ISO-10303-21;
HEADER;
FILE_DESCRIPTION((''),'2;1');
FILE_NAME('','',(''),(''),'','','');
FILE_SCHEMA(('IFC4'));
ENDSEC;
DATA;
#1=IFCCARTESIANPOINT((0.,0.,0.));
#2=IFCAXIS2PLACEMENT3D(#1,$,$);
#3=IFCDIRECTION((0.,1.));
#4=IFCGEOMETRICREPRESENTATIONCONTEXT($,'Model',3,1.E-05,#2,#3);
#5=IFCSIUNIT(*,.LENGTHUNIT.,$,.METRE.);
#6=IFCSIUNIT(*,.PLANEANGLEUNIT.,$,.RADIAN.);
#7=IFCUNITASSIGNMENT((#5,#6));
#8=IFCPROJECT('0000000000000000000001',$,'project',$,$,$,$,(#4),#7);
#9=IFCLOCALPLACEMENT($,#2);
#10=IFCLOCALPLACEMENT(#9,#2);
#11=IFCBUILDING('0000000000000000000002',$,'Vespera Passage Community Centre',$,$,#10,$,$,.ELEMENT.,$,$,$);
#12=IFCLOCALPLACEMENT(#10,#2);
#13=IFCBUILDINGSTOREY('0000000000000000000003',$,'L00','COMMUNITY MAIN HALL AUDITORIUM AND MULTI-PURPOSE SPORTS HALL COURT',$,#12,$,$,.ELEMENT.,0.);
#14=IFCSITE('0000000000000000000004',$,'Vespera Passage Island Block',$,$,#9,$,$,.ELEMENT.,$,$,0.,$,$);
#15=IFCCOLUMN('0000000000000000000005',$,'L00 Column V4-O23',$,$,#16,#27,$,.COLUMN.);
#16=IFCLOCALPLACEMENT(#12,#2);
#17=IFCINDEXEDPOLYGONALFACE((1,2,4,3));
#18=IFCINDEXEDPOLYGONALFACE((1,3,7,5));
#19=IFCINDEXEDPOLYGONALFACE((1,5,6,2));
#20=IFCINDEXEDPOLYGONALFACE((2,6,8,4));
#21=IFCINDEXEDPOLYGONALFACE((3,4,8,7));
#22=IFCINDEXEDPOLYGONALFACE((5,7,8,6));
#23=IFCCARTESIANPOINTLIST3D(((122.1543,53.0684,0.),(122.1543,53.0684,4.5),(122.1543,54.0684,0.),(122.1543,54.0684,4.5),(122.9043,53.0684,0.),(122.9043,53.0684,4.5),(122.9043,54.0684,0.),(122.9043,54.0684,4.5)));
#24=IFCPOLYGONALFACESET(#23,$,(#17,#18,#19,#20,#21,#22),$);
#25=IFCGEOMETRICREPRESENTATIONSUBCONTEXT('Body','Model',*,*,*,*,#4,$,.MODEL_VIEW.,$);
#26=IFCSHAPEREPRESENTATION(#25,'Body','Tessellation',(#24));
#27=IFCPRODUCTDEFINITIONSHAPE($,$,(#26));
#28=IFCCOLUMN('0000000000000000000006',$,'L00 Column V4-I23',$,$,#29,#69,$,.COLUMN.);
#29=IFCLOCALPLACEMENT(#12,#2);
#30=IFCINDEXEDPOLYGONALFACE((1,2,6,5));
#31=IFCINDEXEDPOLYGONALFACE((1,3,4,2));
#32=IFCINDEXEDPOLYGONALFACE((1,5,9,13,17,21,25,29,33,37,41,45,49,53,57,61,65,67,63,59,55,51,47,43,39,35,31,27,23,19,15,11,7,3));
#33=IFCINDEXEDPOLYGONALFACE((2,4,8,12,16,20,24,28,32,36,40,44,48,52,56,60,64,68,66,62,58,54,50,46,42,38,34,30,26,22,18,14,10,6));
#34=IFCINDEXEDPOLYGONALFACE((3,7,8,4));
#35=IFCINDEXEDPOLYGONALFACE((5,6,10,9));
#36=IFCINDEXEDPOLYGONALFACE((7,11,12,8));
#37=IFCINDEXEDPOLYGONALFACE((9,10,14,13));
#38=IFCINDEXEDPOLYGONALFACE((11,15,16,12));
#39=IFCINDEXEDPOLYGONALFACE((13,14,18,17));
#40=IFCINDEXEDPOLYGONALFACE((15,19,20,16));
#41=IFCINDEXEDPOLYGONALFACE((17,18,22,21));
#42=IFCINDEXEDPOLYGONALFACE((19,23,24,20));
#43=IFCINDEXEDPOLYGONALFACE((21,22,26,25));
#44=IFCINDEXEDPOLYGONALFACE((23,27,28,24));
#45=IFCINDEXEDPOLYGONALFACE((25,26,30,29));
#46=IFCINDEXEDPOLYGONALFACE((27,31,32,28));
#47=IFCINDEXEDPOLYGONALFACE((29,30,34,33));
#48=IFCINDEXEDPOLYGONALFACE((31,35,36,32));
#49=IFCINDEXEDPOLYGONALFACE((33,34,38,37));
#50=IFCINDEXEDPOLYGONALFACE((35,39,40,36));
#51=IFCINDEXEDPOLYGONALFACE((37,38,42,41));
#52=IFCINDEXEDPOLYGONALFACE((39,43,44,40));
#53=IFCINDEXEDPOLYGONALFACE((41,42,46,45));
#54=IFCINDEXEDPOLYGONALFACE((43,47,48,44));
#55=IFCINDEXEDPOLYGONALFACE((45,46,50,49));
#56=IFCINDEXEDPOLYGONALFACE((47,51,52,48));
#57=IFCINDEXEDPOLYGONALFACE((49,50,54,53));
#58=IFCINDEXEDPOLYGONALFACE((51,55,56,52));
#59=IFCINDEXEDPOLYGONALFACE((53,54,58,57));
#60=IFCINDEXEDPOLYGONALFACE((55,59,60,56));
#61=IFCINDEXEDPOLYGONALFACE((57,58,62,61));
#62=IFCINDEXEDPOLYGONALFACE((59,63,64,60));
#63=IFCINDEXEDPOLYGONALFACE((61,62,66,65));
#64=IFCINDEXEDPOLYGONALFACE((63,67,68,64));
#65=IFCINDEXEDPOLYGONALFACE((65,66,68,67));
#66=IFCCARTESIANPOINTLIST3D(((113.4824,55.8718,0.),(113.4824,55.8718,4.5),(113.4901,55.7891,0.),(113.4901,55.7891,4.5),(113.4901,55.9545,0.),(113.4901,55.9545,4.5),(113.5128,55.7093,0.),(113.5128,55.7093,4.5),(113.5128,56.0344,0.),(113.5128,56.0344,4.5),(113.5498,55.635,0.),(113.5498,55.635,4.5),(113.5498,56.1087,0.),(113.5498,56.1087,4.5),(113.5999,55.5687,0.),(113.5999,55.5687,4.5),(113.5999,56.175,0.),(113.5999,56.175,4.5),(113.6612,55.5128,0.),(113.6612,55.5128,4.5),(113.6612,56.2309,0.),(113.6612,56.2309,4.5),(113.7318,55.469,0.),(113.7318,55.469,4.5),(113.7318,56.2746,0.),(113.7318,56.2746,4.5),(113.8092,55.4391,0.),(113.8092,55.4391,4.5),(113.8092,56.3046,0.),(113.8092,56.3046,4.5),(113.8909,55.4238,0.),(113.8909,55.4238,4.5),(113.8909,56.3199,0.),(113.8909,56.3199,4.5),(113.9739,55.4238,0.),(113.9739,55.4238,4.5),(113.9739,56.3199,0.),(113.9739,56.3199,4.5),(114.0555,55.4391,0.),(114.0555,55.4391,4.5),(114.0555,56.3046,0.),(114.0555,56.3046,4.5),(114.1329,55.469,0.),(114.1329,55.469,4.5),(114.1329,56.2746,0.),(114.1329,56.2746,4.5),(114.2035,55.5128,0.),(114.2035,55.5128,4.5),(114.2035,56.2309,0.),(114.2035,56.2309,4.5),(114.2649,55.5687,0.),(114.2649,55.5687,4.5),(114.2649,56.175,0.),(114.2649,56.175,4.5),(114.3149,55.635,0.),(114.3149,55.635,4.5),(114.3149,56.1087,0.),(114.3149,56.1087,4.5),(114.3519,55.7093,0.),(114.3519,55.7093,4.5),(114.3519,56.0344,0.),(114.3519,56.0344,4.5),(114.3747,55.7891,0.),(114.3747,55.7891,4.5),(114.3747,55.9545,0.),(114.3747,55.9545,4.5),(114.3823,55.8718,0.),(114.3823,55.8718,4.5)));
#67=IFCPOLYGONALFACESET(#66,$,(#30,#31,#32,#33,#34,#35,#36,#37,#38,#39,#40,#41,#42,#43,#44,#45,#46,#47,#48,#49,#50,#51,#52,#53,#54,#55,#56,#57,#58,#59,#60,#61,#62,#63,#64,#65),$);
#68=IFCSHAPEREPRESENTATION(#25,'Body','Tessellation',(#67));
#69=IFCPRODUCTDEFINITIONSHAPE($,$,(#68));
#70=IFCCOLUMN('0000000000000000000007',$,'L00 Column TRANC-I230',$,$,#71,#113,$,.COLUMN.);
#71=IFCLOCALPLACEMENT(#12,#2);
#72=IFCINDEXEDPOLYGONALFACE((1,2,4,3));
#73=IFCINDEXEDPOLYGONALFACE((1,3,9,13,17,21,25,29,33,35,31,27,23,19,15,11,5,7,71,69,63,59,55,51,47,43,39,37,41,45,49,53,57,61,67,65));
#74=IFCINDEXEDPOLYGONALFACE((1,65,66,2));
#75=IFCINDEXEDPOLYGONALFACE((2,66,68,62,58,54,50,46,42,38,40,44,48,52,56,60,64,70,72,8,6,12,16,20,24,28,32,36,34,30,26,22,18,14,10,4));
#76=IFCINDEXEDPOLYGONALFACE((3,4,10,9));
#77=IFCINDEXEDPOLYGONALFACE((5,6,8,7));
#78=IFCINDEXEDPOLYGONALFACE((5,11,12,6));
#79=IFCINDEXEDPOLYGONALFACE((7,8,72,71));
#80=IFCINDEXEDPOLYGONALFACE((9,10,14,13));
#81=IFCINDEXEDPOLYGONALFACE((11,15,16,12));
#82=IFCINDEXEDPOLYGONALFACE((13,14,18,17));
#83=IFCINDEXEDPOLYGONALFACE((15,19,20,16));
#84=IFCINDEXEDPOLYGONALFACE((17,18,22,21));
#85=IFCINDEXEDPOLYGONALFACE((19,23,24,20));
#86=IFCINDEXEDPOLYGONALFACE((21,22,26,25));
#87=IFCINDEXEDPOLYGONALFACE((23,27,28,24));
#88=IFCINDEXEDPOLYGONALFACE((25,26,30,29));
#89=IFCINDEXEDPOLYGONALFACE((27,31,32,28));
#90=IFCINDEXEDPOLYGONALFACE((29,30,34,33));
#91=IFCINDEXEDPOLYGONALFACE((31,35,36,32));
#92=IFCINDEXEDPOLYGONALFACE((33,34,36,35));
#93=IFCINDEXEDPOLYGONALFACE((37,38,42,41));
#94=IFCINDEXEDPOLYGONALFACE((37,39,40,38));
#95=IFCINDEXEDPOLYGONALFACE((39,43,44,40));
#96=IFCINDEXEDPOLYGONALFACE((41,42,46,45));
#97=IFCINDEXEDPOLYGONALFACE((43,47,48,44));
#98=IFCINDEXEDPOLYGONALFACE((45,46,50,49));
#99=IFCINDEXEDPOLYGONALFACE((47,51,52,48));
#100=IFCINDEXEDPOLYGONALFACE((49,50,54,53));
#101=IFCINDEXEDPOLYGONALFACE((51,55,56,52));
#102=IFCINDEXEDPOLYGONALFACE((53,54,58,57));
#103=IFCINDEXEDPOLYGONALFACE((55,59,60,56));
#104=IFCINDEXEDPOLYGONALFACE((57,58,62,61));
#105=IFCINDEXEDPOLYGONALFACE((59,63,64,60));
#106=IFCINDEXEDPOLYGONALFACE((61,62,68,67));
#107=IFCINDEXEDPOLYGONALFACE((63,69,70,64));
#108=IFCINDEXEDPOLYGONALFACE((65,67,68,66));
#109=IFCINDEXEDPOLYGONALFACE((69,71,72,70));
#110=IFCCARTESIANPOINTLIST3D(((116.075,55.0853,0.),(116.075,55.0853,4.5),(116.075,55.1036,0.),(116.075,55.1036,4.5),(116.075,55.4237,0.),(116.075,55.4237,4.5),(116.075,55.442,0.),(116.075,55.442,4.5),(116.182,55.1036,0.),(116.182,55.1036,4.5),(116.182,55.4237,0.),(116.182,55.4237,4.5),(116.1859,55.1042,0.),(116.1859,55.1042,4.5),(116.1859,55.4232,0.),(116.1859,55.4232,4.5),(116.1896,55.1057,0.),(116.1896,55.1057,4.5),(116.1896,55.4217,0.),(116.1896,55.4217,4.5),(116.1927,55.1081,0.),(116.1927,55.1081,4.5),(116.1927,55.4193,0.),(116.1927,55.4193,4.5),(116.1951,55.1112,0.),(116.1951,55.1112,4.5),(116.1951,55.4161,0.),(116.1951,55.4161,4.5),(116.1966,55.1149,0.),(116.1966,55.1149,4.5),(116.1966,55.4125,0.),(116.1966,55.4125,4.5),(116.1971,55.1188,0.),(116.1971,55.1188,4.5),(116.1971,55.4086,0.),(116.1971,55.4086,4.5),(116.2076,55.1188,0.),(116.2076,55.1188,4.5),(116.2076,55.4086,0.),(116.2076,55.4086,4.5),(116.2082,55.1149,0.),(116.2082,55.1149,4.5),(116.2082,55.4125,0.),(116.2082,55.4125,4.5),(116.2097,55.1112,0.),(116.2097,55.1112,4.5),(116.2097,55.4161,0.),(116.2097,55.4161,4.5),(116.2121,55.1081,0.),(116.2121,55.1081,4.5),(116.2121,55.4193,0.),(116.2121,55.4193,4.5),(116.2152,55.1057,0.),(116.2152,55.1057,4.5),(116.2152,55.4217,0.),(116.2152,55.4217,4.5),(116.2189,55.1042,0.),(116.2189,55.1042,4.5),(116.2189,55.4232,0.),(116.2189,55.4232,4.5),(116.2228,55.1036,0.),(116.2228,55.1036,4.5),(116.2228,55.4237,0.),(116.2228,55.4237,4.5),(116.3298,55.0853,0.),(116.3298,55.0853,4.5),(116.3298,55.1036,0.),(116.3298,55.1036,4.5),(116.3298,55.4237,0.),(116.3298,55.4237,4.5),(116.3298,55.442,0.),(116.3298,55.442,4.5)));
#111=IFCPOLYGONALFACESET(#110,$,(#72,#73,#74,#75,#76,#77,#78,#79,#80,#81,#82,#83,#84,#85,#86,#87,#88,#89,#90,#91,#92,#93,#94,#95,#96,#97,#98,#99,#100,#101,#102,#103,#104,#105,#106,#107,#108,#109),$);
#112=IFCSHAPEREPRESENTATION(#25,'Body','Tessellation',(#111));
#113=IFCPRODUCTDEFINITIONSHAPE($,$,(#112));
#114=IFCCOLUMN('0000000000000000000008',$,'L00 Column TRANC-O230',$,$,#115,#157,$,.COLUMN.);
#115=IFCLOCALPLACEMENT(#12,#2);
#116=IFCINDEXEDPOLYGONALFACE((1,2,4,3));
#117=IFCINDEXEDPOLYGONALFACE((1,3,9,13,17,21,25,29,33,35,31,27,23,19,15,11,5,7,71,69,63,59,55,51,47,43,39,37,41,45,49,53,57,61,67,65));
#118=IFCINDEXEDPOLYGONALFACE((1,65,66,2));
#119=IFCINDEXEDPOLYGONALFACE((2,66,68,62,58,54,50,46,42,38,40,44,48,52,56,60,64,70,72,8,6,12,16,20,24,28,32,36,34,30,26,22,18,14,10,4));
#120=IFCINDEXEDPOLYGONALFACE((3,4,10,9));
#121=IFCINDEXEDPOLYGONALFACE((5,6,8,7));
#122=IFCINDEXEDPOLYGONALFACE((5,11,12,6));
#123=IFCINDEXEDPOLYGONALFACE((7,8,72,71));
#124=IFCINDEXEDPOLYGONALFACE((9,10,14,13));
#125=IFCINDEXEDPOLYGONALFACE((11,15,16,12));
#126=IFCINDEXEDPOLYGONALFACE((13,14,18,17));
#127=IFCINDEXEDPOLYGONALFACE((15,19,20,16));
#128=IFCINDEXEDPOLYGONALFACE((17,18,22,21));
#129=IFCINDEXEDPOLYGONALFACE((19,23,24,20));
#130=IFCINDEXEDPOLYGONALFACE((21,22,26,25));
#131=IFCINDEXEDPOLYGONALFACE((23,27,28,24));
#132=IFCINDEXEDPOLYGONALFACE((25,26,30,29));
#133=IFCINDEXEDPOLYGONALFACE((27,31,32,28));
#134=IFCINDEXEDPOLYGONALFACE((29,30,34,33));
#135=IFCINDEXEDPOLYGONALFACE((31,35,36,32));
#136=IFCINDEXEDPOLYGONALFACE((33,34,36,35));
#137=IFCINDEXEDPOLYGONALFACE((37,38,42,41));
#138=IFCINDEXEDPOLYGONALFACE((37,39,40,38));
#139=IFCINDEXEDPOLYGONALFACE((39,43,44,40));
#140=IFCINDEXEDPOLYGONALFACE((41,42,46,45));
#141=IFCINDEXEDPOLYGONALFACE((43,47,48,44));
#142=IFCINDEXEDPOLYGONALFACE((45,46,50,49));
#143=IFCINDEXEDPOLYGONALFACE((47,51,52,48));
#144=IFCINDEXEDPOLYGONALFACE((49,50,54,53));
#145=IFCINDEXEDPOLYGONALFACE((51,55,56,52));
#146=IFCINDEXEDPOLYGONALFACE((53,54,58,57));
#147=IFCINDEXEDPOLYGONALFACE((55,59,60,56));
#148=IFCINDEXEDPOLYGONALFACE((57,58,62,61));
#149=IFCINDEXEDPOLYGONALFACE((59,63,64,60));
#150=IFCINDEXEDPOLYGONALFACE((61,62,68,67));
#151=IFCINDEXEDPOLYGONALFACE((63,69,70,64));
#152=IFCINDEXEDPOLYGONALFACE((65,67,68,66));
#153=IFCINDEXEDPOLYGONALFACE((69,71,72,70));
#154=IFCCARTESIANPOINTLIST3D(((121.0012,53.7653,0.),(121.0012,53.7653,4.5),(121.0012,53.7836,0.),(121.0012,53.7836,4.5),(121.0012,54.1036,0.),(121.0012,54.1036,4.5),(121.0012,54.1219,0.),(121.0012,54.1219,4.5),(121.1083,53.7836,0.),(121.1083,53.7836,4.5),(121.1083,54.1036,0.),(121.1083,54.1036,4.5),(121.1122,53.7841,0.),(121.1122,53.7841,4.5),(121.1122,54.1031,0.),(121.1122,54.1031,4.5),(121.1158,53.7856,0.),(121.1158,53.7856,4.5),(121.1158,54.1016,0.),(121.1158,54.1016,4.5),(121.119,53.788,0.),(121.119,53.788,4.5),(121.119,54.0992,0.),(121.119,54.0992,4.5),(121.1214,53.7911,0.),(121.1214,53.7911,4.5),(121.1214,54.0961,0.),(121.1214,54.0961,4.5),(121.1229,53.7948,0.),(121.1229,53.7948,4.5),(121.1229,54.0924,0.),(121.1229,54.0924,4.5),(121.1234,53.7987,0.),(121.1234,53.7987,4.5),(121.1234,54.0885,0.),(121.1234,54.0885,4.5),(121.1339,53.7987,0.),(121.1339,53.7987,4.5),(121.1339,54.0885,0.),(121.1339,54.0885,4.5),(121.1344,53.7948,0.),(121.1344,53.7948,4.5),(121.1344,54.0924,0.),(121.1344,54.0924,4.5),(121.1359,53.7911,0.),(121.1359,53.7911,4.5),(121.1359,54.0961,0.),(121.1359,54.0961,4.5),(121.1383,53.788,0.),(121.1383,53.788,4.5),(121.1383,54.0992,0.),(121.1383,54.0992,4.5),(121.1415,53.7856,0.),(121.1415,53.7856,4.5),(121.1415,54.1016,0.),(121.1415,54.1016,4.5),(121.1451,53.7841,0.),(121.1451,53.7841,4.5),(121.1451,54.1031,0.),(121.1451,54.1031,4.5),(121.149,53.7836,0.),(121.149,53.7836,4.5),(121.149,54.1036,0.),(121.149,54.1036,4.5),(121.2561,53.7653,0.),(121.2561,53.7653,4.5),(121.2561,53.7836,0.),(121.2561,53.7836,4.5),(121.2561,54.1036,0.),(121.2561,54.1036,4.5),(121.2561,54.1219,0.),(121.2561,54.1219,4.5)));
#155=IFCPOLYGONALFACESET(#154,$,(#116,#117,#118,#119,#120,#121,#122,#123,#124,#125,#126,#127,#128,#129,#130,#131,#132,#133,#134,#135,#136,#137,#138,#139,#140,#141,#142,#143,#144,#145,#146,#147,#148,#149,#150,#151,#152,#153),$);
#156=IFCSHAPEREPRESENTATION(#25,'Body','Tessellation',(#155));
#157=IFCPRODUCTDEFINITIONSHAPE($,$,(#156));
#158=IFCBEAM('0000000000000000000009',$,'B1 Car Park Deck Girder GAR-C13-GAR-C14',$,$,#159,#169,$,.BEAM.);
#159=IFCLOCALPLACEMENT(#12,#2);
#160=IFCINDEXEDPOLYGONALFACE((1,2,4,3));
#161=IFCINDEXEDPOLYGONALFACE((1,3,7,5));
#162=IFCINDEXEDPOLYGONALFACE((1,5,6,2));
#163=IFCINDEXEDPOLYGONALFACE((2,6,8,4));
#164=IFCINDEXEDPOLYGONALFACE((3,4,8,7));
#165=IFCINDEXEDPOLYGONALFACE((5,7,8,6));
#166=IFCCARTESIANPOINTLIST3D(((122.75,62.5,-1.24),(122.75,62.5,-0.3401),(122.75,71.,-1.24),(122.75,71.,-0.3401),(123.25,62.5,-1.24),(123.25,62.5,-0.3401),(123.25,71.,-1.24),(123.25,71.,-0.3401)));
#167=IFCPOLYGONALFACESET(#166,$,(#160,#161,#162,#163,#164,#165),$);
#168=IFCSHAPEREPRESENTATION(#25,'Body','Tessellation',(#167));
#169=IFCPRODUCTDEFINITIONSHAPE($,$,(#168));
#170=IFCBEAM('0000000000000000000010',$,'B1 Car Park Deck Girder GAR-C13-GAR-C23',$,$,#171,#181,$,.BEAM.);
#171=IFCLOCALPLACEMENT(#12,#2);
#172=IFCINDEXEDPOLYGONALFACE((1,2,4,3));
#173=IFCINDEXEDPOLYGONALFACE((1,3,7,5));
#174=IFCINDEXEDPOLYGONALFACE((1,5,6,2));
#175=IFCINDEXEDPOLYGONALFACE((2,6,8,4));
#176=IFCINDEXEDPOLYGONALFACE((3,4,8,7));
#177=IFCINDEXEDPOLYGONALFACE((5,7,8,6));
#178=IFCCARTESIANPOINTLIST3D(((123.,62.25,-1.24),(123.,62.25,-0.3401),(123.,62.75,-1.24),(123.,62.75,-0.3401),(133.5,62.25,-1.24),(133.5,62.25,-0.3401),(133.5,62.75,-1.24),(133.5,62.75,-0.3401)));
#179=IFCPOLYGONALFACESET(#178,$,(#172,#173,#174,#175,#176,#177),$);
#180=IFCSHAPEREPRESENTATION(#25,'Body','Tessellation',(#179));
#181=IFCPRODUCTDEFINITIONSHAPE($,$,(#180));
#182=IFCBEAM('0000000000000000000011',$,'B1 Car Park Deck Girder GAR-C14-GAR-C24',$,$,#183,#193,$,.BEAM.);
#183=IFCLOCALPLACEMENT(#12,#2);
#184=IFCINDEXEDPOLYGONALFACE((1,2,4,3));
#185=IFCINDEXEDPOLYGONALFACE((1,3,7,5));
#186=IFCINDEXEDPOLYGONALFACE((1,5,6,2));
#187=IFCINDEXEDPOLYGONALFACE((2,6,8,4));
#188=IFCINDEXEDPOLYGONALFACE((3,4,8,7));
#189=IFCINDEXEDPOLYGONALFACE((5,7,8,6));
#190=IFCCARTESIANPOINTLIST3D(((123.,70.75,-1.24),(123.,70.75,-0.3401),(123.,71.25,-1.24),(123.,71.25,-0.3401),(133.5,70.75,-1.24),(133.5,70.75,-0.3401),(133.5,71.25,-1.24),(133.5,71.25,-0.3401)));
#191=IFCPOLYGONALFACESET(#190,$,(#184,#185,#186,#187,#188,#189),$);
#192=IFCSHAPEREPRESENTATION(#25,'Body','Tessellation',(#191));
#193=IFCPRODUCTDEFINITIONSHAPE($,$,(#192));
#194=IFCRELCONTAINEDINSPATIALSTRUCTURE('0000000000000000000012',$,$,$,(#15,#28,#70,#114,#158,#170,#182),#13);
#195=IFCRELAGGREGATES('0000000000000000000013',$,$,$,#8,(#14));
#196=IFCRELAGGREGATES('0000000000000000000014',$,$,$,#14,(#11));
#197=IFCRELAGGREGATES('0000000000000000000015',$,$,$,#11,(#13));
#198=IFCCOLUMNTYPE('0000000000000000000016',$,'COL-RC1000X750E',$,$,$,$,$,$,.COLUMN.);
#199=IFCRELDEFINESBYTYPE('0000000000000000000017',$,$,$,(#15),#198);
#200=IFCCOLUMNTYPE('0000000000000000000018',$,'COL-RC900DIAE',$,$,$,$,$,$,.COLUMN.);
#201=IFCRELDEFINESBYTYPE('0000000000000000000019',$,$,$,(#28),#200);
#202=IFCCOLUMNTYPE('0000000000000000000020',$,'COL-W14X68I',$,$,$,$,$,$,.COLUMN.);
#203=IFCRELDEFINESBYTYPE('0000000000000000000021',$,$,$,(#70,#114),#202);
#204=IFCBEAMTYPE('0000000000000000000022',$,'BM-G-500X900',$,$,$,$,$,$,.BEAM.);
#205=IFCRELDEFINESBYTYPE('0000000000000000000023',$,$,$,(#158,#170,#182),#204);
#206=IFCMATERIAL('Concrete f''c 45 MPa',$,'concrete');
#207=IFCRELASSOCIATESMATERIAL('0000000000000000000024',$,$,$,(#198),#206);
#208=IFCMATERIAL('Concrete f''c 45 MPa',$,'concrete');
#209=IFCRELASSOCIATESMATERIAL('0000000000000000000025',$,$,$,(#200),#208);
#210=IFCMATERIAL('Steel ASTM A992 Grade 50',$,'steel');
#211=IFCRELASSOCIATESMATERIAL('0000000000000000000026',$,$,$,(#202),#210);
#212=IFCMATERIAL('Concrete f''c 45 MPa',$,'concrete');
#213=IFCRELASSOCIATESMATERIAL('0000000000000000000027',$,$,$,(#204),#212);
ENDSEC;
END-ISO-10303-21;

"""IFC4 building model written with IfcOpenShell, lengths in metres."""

from ifc_helpers import new_model, si_unit, direction, frame, origin, origin_2d, place, context, subcontext, project, spatial, rectangle, circle, i_section, extrude, material, material_profile, profile_set, type_object, element, save


model = new_model("IFC4")

# Units and contexts
model_context = context("Model", 3, precision=1e-05, world=origin(), true_north=direction((0.0, 1.0)))
body_context = subcontext(model_context, "Body", "Model", "MODEL_VIEW")
ifc_project = project(units=[si_unit("LENGTHUNIT", "METRE"), si_unit("PLANEANGLEUNIT", "RADIAN")], contexts=[model_context])

# Site, building, storey
site_placement = place(None, origin())
site = spatial("IfcSite", under=ifc_project, at=site_placement, Name="Vespera Passage Island Block", CompositionType="ELEMENT", RefElevation=0.0)
building_placement = place(site_placement, origin())
building = spatial("IfcBuilding", under=site, at=building_placement, Name="Vespera Passage Community Centre", CompositionType="ELEMENT")
storey_placement = place(building_placement, origin())
storey = spatial("IfcBuildingStorey", under=building, at=storey_placement, Name="L00", Description="COMMUNITY MAIN HALL AUDITORIUM AND MULTI-PURPOSE SPORTS HALL COURT", CompositionType="ELEMENT", Elevation=0.0)

# Columns
ifc_material_1 = material(Name="Concrete f'c 45 MPa", Category="concrete")
ifc_material_profile_1 = material_profile(ifc_material_1, rectangle(XDim=0.75, YDim=1.0, at=origin_2d()), Name="RC1000X750")
ifc_profile_set_1 = profile_set([ifc_material_profile_1], Name="Concrete f'c 45 MPa")
column_type_1 = type_object("IfcColumnType", Name="COL-RC1000X750E", PredefinedType="COLUMN", material=ifc_profile_set_1)
column_1_placement = place(storey_placement, frame((122.5293, 53.5684, 0.0), z_axis=(0.0, 0.0, 1.0), x_axis=(1.0, 0.0, 0.0)))
element("IfcColumn", 1, at=column_1_placement, inside=storey, type_object=column_type_1, Name="L00 Column V4-O23", PredefinedType="COLUMN", context=body_context, shape_type="SweptSolid", body=[
    extrude(rectangle(XDim=0.75, YDim=1.0, at=origin_2d()), origin(), (0.0, 0.0, 1.0), 4.5),
])
ifc_material_2 = material(Name="Concrete f'c 45 MPa", Category="concrete")
ifc_material_profile_2 = material_profile(ifc_material_2, circle(Radius=0.45, at=origin_2d()), Name="RC900DIA")
ifc_profile_set_2 = profile_set([ifc_material_profile_2], Name="Concrete f'c 45 MPa")
column_type_2 = type_object("IfcColumnType", Name="COL-RC900DIAE", PredefinedType="COLUMN", material=ifc_profile_set_2)
column_2_placement = place(storey_placement, frame((113.9324, 55.8718, 0.0), z_axis=(0.0, 0.0, 1.0), x_axis=(1.0, 0.0, 0.0)))
element("IfcColumn", 2, at=column_2_placement, inside=storey, type_object=column_type_2, Name="L00 Column V4-I23", PredefinedType="COLUMN", context=body_context, shape_type="SweptSolid", body=[
    extrude(circle(Radius=0.45, at=origin_2d()), origin(), (0.0, 0.0, 1.0), 4.5),
])
ifc_material_3 = material(Name="Steel ASTM A992 Grade 50", Category="steel")
ifc_material_profile_3 = material_profile(ifc_material_3, i_section(OverallWidth=0.2549, OverallDepth=0.3567, WebThickness=0.0105, FlangeThickness=0.0183, FilletRadius=0.0151, at=origin_2d()), Name="W14X68")
ifc_profile_set_3 = profile_set([ifc_material_profile_3], Name="Steel ASTM A992 Grade 50")
column_type_3 = type_object("IfcColumnType", Name="COL-W14X68I", PredefinedType="COLUMN", material=ifc_profile_set_3)
for number, where, z_axis, x_axis, name in (
    (3, (116.2024, 55.2637, 0.0), (0.0, 0.0, 1.0), (1.0, 0.0, 0.0), "L00 Column TRANC-I230"),
    (4, (121.1287, 53.9436, 0.0), (0.0, 0.0, 1.0), (1.0, 0.0, 0.0), "L00 Column TRANC-O230"),
):
    element("IfcColumn", number, at=place(storey_placement, frame(where, z_axis=z_axis, x_axis=x_axis)), inside=storey, type_object=column_type_3, Name=name, PredefinedType="COLUMN", context=body_context, shape_type="SweptSolid", body=[
        extrude(i_section(OverallWidth=0.2549, OverallDepth=0.3567, WebThickness=0.0105, FlangeThickness=0.0183, FilletRadius=0.0151, at=origin_2d()), origin(), (0.0, 0.0, 1.0), 4.5),
    ])

# Beams
ifc_material_4 = material(Name="Concrete f'c 45 MPa", Category="concrete")
ifc_material_profile_4 = material_profile(ifc_material_4, rectangle(XDim=0.5, YDim=0.8999, at=origin_2d()), Name="RC500X900")
ifc_profile_set_4 = profile_set([ifc_material_profile_4], Name="Concrete f'c 45 MPa")
beam_type_1 = type_object("IfcBeamType", Name="BM-G-500X900", PredefinedType="BEAM", material=ifc_profile_set_4)
beam_1_placement = place(storey_placement, frame((123.0, 62.5, -0.79), z_axis=(0.0, 1.0, 0.0), x_axis=(-1.0, 0.0, 0.0)))
element("IfcBeam", 5, at=beam_1_placement, inside=storey, type_object=beam_type_1, Name="B1 Car Park Deck Girder GAR-C13-GAR-C14", PredefinedType="BEAM", context=body_context, shape_type="SweptSolid", body=[
    extrude(rectangle(XDim=0.5, YDim=0.8999, at=origin_2d()), origin(), (0.0, 0.0, 1.0), 8.5),
])
for number, where, z_axis, x_axis, name in (
    (6, (123.0, 62.5, -0.79), (1.0, 0.0, 0.0), (0.0, 1.0, 0.0), "B1 Car Park Deck Girder GAR-C13-GAR-C23"),
    (7, (123.0, 71.0, -0.79), (1.0, 0.0, 0.0), (0.0, 1.0, 0.0), "B1 Car Park Deck Girder GAR-C14-GAR-C24"),
):
    element("IfcBeam", number, at=place(storey_placement, frame(where, z_axis=z_axis, x_axis=x_axis)), inside=storey, type_object=beam_type_1, Name=name, PredefinedType="BEAM", context=body_context, shape_type="SweptSolid", body=[
        extrude(rectangle(XDim=0.5, YDim=0.8999, at=origin_2d()), origin(), (0.0, 0.0, 1.0), 10.5),
    ])

save(model, "model.ifc")
